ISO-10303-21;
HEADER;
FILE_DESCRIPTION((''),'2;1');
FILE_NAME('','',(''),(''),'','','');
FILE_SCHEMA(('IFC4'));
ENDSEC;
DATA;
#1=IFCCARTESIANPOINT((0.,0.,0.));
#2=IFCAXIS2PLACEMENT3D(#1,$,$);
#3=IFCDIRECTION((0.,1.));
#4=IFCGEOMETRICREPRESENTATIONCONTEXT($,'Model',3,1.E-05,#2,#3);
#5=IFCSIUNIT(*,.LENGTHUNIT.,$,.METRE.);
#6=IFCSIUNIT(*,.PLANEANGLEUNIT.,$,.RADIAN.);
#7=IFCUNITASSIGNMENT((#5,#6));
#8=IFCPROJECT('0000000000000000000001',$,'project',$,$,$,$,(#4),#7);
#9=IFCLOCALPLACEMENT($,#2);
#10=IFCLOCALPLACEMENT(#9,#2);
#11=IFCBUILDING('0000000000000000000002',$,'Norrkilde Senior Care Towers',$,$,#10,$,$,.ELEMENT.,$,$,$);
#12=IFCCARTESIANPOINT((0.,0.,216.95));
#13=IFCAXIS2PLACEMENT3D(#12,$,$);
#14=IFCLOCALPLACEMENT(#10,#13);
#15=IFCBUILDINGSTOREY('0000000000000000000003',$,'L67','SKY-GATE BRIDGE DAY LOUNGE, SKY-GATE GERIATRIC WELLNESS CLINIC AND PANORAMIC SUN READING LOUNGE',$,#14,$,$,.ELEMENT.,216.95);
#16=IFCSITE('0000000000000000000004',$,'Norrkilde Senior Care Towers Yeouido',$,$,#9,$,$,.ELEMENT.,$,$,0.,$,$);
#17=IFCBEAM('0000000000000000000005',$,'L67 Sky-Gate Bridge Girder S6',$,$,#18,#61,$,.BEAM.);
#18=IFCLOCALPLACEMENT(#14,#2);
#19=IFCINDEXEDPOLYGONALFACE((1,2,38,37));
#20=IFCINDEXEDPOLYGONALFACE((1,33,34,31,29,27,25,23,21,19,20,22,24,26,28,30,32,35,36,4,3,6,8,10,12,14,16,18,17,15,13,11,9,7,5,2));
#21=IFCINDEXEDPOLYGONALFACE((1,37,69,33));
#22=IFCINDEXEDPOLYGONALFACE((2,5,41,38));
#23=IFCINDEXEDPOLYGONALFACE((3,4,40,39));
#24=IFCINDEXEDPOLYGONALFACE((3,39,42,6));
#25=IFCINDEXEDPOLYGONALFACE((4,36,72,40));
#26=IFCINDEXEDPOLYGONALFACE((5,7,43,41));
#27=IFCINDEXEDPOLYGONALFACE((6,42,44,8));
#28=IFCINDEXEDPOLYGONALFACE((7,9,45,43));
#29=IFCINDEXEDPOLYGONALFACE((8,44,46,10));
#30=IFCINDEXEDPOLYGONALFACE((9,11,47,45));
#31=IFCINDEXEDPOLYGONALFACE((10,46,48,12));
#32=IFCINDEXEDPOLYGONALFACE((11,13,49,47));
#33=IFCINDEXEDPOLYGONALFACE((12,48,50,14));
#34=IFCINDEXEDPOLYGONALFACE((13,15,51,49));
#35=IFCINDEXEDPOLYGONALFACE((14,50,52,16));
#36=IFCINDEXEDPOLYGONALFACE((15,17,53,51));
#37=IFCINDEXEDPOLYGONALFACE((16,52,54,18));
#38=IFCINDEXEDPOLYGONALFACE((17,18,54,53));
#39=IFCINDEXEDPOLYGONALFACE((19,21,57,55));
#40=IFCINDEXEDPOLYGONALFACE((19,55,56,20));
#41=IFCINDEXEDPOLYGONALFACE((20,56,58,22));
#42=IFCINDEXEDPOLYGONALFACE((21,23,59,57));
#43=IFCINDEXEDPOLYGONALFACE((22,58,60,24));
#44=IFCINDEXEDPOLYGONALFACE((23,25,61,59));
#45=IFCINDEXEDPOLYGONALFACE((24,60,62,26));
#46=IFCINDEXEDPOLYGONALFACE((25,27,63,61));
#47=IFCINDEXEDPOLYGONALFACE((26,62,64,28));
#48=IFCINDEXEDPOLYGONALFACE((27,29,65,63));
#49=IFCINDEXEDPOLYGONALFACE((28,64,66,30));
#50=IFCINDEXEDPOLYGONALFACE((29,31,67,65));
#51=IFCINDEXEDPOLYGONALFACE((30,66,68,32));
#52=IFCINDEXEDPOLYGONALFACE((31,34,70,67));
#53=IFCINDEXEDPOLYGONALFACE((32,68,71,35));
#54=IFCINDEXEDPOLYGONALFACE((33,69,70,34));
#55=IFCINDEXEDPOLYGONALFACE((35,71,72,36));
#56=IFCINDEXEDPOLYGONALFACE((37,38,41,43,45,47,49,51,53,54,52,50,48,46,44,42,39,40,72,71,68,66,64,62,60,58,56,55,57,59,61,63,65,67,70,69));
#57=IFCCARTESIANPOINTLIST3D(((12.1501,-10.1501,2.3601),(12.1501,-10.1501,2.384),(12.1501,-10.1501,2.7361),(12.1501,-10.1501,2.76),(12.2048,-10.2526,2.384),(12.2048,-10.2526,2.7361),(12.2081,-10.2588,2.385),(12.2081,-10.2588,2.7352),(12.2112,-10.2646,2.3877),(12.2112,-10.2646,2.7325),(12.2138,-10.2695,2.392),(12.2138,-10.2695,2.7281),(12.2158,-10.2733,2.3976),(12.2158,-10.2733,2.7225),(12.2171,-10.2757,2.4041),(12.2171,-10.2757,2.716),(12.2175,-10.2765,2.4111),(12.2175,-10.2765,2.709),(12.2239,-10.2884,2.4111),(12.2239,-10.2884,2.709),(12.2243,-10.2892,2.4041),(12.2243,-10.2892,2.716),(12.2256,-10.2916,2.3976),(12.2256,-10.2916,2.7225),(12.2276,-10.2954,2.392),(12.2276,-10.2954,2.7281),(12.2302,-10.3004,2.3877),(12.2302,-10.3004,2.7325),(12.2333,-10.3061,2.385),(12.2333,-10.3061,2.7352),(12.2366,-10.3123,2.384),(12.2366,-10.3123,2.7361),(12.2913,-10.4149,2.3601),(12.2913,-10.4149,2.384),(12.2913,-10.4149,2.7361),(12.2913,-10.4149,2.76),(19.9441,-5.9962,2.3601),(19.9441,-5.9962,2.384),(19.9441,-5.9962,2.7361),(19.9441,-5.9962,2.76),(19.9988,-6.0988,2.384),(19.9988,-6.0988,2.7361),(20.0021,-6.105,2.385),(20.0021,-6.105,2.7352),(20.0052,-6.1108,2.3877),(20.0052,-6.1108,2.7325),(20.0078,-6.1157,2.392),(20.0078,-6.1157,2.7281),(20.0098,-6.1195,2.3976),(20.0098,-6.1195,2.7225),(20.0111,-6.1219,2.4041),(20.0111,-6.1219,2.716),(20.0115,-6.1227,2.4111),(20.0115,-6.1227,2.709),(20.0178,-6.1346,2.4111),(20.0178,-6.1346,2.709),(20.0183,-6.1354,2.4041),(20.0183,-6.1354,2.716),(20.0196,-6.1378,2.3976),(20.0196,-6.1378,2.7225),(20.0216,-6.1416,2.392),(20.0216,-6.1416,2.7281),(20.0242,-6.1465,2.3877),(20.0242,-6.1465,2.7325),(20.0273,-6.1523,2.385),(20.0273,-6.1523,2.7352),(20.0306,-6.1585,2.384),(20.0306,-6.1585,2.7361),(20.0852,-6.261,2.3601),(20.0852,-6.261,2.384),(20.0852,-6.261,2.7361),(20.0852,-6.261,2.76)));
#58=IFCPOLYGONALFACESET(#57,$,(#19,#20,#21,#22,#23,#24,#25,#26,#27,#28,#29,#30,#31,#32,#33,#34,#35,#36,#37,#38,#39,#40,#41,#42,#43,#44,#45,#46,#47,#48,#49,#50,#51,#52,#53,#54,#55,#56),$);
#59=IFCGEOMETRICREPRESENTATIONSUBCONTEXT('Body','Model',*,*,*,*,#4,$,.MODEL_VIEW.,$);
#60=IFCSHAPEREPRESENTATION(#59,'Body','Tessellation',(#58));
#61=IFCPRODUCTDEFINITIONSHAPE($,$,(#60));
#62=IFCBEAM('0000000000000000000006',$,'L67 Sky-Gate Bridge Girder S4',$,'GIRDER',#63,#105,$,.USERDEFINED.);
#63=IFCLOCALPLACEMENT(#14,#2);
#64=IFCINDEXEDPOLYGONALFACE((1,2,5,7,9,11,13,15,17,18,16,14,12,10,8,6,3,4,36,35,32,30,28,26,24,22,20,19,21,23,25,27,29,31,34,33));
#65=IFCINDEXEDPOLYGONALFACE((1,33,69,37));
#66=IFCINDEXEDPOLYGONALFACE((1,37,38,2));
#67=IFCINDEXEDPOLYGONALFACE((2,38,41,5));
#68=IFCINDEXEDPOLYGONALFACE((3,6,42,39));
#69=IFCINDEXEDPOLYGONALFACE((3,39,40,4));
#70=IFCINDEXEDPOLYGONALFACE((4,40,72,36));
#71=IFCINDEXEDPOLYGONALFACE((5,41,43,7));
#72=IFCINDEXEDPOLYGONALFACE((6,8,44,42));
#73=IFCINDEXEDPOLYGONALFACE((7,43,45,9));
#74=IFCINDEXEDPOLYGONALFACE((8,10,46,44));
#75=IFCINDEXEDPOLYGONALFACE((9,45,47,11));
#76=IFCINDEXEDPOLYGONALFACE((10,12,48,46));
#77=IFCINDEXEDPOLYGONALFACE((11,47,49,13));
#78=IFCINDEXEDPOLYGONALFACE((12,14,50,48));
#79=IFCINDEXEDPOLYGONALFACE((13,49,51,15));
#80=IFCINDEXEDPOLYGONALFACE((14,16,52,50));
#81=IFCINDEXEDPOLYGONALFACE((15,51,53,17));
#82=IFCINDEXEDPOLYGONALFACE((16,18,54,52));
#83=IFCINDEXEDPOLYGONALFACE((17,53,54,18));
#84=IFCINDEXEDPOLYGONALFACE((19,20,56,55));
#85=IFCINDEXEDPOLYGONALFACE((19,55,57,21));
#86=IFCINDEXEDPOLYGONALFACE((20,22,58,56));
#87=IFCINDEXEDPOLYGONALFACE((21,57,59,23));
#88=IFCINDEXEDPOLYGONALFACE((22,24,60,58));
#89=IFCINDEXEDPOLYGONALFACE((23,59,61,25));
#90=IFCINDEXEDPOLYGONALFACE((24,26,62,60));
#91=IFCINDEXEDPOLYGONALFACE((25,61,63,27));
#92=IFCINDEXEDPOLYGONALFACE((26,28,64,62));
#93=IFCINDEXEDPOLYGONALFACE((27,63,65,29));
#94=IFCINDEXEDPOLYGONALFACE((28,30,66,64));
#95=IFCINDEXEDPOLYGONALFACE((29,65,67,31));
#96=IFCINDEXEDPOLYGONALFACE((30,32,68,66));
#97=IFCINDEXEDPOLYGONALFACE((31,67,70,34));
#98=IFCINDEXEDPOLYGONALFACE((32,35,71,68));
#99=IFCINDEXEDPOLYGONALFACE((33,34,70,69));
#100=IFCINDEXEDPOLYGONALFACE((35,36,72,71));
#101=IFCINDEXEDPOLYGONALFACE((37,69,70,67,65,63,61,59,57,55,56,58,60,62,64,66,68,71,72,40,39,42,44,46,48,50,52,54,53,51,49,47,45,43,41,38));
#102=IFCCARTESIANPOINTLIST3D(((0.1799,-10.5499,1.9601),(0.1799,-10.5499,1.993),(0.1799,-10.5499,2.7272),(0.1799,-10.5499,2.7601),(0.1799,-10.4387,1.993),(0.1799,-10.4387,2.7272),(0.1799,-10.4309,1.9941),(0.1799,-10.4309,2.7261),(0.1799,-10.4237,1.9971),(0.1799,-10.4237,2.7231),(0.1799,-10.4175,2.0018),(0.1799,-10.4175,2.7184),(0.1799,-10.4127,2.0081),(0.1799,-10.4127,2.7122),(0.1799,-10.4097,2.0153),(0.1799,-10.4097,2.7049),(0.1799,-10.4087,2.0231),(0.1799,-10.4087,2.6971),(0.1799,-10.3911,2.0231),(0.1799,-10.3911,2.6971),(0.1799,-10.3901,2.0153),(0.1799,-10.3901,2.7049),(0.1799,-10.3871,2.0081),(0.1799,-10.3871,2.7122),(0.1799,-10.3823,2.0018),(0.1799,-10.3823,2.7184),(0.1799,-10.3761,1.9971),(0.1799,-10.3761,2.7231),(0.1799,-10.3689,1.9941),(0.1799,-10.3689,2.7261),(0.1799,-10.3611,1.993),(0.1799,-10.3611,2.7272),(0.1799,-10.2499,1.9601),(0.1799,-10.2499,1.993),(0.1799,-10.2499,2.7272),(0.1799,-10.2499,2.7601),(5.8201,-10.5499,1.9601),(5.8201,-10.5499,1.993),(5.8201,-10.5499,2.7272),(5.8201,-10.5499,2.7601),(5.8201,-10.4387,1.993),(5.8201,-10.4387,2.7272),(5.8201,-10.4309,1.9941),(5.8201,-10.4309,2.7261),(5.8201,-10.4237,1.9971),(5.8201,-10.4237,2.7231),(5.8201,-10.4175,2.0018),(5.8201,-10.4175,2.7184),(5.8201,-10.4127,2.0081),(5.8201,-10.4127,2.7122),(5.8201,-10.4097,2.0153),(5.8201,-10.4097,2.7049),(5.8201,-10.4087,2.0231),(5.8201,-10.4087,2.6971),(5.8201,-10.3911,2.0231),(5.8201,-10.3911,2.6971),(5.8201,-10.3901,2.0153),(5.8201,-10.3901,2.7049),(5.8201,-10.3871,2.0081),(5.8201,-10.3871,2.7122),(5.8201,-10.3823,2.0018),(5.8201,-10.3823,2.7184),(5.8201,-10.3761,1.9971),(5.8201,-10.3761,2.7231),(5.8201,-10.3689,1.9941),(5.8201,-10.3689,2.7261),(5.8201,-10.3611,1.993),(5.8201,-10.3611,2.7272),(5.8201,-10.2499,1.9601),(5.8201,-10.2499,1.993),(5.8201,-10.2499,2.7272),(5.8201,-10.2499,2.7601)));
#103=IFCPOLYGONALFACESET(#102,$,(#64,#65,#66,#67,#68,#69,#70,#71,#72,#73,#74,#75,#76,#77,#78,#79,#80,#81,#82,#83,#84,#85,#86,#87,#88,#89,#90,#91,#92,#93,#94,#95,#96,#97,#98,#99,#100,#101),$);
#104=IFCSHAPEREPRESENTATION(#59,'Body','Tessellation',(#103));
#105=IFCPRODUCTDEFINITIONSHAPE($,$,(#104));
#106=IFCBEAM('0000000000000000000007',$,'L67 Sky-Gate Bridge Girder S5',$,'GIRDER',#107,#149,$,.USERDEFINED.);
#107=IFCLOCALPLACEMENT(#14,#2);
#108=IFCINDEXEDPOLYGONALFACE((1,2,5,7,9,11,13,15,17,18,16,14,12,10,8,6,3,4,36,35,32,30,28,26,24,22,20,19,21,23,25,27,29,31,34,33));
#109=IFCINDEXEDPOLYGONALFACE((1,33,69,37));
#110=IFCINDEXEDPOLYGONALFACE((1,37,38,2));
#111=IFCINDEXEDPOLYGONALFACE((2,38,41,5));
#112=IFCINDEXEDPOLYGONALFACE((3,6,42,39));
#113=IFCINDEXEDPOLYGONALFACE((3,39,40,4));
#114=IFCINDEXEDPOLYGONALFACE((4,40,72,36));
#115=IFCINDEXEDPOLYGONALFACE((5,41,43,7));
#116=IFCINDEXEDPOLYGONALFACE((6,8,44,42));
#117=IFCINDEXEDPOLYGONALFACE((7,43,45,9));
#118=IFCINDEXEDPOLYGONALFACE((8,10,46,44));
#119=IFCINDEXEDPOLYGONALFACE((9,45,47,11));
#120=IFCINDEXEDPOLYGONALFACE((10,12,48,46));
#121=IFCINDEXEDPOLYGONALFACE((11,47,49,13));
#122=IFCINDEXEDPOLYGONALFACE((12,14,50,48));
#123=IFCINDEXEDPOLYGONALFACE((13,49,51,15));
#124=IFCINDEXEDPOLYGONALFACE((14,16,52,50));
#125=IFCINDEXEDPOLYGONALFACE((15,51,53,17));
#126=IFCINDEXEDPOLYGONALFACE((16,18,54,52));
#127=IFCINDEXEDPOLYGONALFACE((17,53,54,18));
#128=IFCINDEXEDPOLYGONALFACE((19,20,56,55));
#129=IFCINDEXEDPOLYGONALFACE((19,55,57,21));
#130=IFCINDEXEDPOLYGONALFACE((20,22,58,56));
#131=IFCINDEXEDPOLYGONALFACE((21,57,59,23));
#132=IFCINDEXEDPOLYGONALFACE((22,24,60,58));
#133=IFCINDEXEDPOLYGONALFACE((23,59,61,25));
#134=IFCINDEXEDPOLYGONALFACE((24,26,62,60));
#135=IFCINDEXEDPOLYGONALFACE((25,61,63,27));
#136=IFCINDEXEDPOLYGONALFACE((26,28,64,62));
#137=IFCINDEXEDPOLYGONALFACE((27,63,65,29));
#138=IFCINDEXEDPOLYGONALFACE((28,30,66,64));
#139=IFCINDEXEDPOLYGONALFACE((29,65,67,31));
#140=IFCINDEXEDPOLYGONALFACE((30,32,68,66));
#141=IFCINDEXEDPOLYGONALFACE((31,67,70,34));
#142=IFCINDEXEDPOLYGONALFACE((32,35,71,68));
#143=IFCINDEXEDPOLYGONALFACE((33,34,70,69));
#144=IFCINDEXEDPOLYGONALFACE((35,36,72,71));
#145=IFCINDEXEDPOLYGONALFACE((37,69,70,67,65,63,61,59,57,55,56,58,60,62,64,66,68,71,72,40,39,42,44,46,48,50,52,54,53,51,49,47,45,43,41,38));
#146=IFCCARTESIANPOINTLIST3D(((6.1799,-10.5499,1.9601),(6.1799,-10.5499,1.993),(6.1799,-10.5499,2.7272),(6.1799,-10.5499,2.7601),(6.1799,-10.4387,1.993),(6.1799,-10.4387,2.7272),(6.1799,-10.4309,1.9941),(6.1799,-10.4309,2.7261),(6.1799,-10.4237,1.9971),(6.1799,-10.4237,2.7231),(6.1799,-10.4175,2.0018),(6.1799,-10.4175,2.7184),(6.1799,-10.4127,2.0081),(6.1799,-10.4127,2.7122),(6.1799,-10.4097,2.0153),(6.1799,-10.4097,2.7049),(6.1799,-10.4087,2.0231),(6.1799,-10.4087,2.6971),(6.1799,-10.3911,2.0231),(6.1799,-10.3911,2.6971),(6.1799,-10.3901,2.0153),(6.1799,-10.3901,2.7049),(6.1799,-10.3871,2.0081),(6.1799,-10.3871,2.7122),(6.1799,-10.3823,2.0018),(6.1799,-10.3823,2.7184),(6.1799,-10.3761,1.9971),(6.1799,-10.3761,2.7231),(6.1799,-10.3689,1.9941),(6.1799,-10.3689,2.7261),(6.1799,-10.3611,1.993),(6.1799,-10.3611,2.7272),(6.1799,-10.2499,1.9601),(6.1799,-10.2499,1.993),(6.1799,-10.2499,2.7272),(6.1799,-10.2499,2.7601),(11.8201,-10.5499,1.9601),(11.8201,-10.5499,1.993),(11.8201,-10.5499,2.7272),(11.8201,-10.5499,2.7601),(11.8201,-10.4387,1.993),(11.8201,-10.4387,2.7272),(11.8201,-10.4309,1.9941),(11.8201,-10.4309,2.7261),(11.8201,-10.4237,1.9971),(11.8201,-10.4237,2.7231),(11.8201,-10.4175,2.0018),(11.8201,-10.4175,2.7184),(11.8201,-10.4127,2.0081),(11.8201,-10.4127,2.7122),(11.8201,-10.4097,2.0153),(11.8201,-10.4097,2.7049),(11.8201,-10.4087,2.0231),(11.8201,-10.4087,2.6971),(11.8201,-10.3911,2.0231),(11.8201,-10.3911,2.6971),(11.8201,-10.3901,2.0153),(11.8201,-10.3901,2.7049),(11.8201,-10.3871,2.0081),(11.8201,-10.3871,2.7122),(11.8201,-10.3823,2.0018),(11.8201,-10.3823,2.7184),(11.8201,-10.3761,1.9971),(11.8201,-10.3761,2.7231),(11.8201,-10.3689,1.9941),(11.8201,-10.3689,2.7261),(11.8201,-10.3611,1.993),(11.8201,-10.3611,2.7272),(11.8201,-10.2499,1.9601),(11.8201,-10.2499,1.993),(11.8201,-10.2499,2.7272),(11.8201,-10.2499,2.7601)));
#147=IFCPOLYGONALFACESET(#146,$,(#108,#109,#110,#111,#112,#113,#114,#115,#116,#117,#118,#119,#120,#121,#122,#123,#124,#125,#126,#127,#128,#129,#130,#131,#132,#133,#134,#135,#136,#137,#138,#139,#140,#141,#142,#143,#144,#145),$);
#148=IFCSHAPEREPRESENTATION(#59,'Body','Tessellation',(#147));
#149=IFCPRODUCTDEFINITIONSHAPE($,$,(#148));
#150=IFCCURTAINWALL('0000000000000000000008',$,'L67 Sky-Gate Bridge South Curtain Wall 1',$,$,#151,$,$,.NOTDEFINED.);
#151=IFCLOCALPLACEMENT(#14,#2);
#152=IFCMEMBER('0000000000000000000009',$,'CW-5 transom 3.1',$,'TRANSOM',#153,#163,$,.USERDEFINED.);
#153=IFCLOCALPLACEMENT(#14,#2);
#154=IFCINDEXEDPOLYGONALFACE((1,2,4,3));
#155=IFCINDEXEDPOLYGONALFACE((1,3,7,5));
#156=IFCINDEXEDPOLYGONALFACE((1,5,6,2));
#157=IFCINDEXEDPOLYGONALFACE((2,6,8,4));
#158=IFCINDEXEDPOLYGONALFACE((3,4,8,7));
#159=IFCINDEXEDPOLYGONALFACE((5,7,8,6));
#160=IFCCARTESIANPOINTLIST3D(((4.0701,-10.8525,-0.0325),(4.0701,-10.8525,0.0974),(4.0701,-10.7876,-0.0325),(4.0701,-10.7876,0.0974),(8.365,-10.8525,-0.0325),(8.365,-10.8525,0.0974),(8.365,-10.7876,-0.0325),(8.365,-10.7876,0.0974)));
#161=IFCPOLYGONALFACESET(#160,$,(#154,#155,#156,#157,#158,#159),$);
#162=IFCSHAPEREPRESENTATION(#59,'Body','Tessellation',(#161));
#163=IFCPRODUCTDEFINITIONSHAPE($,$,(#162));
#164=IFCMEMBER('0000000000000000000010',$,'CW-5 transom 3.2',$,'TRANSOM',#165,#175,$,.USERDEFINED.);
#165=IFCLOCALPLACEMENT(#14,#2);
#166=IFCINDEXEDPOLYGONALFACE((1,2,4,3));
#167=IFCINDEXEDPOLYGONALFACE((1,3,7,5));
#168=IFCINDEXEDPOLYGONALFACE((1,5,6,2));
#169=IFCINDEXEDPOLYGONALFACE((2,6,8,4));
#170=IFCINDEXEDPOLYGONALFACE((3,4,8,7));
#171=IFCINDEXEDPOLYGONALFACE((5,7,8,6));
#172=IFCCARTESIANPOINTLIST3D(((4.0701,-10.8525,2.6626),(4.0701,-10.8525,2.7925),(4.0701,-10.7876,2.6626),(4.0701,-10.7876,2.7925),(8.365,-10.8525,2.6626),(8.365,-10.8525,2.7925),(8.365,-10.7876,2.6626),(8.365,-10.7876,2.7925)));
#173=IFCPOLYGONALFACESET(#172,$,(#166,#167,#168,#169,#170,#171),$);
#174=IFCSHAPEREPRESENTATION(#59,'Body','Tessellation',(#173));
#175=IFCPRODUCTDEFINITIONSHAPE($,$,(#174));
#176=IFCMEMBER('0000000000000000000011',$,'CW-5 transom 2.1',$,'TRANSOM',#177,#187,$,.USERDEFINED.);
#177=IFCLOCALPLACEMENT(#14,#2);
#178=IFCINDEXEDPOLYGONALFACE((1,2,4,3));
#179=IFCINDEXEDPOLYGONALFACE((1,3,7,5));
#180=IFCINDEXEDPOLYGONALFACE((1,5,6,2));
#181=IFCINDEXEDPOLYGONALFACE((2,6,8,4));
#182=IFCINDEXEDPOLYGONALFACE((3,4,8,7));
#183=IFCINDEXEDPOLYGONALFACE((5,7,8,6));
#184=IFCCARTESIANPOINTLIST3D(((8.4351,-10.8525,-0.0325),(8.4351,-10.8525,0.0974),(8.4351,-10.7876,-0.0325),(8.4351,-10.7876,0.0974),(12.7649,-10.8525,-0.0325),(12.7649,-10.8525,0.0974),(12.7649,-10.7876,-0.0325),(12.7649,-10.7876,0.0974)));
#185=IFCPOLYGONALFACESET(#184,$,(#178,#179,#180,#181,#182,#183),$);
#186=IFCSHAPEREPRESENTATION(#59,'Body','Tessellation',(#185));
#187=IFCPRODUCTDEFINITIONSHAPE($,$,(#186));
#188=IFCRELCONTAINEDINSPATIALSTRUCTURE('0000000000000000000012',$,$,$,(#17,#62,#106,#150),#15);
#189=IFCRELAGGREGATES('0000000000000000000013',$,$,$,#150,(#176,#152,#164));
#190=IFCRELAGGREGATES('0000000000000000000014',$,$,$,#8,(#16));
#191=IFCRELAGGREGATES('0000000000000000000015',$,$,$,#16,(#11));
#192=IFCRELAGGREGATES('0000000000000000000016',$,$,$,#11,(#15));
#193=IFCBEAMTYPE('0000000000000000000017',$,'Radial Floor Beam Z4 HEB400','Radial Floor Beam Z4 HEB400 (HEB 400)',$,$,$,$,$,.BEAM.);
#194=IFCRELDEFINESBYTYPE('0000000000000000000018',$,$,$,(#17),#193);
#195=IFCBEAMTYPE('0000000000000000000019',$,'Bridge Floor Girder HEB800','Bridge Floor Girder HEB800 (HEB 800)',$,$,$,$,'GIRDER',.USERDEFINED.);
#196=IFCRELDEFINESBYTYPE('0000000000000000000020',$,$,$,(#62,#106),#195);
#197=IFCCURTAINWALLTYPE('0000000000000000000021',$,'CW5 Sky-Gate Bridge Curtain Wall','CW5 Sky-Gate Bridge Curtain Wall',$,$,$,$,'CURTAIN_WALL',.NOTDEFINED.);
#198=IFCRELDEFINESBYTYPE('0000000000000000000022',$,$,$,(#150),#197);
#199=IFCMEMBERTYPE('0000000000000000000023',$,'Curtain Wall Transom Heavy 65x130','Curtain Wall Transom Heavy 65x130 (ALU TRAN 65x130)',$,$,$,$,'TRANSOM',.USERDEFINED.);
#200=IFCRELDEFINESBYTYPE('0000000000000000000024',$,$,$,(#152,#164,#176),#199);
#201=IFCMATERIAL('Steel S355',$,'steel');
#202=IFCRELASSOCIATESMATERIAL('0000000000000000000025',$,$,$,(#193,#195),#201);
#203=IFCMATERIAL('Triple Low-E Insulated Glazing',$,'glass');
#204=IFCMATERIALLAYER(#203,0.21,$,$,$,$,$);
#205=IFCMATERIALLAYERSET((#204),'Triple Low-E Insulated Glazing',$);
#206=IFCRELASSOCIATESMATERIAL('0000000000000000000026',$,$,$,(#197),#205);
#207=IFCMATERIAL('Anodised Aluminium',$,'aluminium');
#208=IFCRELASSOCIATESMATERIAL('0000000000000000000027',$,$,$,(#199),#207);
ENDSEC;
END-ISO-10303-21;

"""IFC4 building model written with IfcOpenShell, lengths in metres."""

from ifc_helpers import new_model, si_unit, direction, frame, origin, origin_2d, place, context, subcontext, project, spatial, rectangle, i_section, extrude, source, transform, mapped, material, layer, layer_set, material_profile, profile_set, type_object, type_shapes, element, aggregate, save


model = new_model("IFC4")

# Units and contexts
model_context = context("Model", 3, precision=1e-05, world=origin(), true_north=direction((0.0, 1.0)))
body_context = subcontext(model_context, "Body", "Model", "MODEL_VIEW")
ifc_project = project(units=[si_unit("LENGTHUNIT", "METRE"), si_unit("PLANEANGLEUNIT", "RADIAN")], contexts=[model_context])

# Site, building, storey
site_placement = place(None, origin())
site = spatial("IfcSite", under=ifc_project, at=site_placement, Name="Norrkilde Senior Care Towers Yeouido", CompositionType="ELEMENT", RefElevation=0.0)
building_placement = place(site_placement, origin())
building = spatial("IfcBuilding", under=site, at=building_placement, Name="Norrkilde Senior Care Towers", CompositionType="ELEMENT")
storey_placement = place(building_placement, frame((0.0, 0.0, 216.95)))
storey = spatial("IfcBuildingStorey", under=building, at=storey_placement, Name="L67", Description="SKY-GATE BRIDGE DAY LOUNGE, SKY-GATE GERIATRIC WELLNESS CLINIC AND PANORAMIC SUN READING LOUNGE", CompositionType="ELEMENT", Elevation=216.95)

# Shared definitions
ifc_material_1 = material(Name="Steel S355", Category="steel")

# Beams
ifc_material_profile_1 = material_profile(ifc_material_1, i_section(OverallWidth=0.3, OverallDepth=0.3999, WebThickness=0.0134, FlangeThickness=0.0239, FilletRadius=0.0271, at=origin_2d()), Name="HEB 400")
ifc_profile_set_1 = profile_set([ifc_material_profile_1], Name="Steel S355")
beam_type_1 = type_object("IfcBeamType", Name="Radial Floor Beam Z4 HEB400", Description="Radial Floor Beam Z4 HEB400 (HEB 400)", PredefinedType="BEAM", material=ifc_profile_set_1)
shared_shape_1 = source(origin(), body_context, "Body", "SweptSolid", [
    extrude(i_section(OverallWidth=0.3, OverallDepth=0.3999, WebThickness=0.0134, FlangeThickness=0.0239, FilletRadius=0.0271, at=origin_2d()), origin(), (0.0, 0.0, 1.0), 8.8318),
])
type_shapes(beam_type_1, [shared_shape_1])
beam_1_placement = place(storey_placement, frame((12.2207, -10.2825, 2.5601), z_axis=(0.882492, 0.470327, 0.0), x_axis=(-0.470327, 0.882492, 0.0)))
element("IfcBeam", 1, at=beam_1_placement, inside=storey, type_object=beam_type_1, Name="L67 Sky-Gate Bridge Girder S6", PredefinedType="BEAM", context=body_context, shape_type="MappedRepresentation", body=[
    mapped(shared_shape_1, transform((0.0, 0.0, 0.0), x_axis=(1.0, 0.0, 0.0), y_axis=(0.0, 1.0, 0.0), z_axis=(0.0, 0.0, 1.0), scale=1.0)),
])
ifc_material_profile_2 = material_profile(ifc_material_1, i_section(OverallWidth=0.3, OverallDepth=0.8, WebThickness=0.0176, FlangeThickness=0.033, FilletRadius=0.03, at=origin_2d()), Name="HEB 800")
ifc_profile_set_2 = profile_set([ifc_material_profile_2], Name="Steel S355")
beam_type_2 = type_object("IfcBeamType", Name="Bridge Floor Girder HEB800", Description="Bridge Floor Girder HEB800 (HEB 800)", ElementType="GIRDER", PredefinedType="USERDEFINED", material=ifc_profile_set_2)
shared_shape_2 = source(origin(), body_context, "Body", "SweptSolid", [
    extrude(i_section(OverallWidth=0.3, OverallDepth=0.8, WebThickness=0.0176, FlangeThickness=0.033, FilletRadius=0.03, at=origin_2d()), origin(), (0.0, 0.0, 1.0), 5.6401),
])
type_shapes(beam_type_2, [shared_shape_2])
for number, where, z_axis, x_axis, name in (
    (2, (0.1799, -10.3999, 2.3601), (1.0, 0.0, 0.0), (0.0, 1.0, 0.0), "L67 Sky-Gate Bridge Girder S4"),
    (3, (6.1799, -10.3999, 2.3601), (1.0, 0.0, 0.0), (0.0, 1.0, 0.0), "L67 Sky-Gate Bridge Girder S5"),
):
    element("IfcBeam", number, at=place(storey_placement, frame(where, z_axis=z_axis, x_axis=x_axis)), inside=storey, type_object=beam_type_2, Name=name, ObjectType="GIRDER", PredefinedType="USERDEFINED", context=body_context, shape_type="MappedRepresentation", body=[
        mapped(shared_shape_2, transform((0.0, 0.0, 0.0), x_axis=(1.0, 0.0, 0.0), y_axis=(0.0, 1.0, 0.0), z_axis=(0.0, 0.0, 1.0), scale=1.0)),
    ])

# Curtain wall, members
ifc_material_2 = material(Name="Triple Low-E Insulated Glazing", Category="glass")
ifc_layer_1 = layer(ifc_material_2, 0.21)
ifc_layer_set_1 = layer_set([ifc_layer_1], Name="Triple Low-E Insulated Glazing")
curtain_wall_type = type_object("IfcCurtainWallType", Name="CW5 Sky-Gate Bridge Curtain Wall", Description="CW5 Sky-Gate Bridge Curtain Wall", ElementType="CURTAIN_WALL", PredefinedType="NOTDEFINED", material=ifc_layer_set_1)
curtain_wall_1_placement = place(storey_placement, origin())
curtain_wall_1 = element("IfcCurtainWall", 4, at=curtain_wall_1_placement, inside=storey, type_object=curtain_wall_type, Name="L67 Sky-Gate Bridge South Curtain Wall 1", PredefinedType="NOTDEFINED")
ifc_material_3 = material(Name="Anodised Aluminium", Category="aluminium")
ifc_material_profile_3 = material_profile(ifc_material_3, rectangle(XDim=0.0649, YDim=0.1299, at=origin_2d()), Name="ALU TRAN 65x130")
ifc_profile_set_3 = profile_set([ifc_material_profile_3], Name="Anodised Aluminium")
member_type_1 = type_object("IfcMemberType", Name="Curtain Wall Transom Heavy 65x130", Description="Curtain Wall Transom Heavy 65x130 (ALU TRAN 65x130)", ElementType="TRANSOM", PredefinedType="USERDEFINED", material=ifc_profile_set_3)
shared_shape_3 = source(origin(), body_context, "Body", "SweptSolid", [
    extrude(rectangle(XDim=0.0649, YDim=0.1299, at=origin_2d()), origin(), (0.0, 0.0, 1.0), 4.2949),
])
member_1_placement = place(storey_placement, frame((8.365, -10.8201, 0.0325), z_axis=(-1.0, 0.0, 0.0), x_axis=(0.0, -1.0, 0.0)))
member_1 = element("IfcMember", 5, at=member_1_placement, type_object=member_type_1, Name="CW-5 transom 3.1", ObjectType="TRANSOM", PredefinedType="USERDEFINED", context=body_context, shape_type="MappedRepresentation", body=[
    mapped(shared_shape_3, transform((0.0, 0.0, 0.0), x_axis=(1.0, 0.0, 0.0), y_axis=(0.0, 1.0, 0.0), z_axis=(0.0, 0.0, 1.0), scale=1.0)),
])
member_2_placement = place(storey_placement, frame((8.365, -10.8201, 2.7275), z_axis=(-1.0, 0.0, 0.0), x_axis=(0.0, -1.0, 0.0)))
member_2 = element("IfcMember", 6, at=member_2_placement, type_object=member_type_1, Name="CW-5 transom 3.2", ObjectType="TRANSOM", PredefinedType="USERDEFINED", context=body_context, shape_type="MappedRepresentation", body=[
    mapped(shared_shape_3, transform((0.0, 0.0, 0.0), x_axis=(1.0, 0.0, 0.0), y_axis=(0.0, 1.0, 0.0), z_axis=(0.0, 0.0, 1.0), scale=1.0)),
])
shared_shape_4 = source(origin(), body_context, "Body", "SweptSolid", [
    extrude(rectangle(XDim=0.0649, YDim=0.1299, at=origin_2d()), origin(), (0.0, 0.0, 1.0), 4.3298),
])
member_3_placement = place(storey_placement, frame((12.7649, -10.8201, 0.0325), z_axis=(-1.0, 0.0, 0.0), x_axis=(0.0, -1.0, 0.0)))
member_3 = element("IfcMember", 7, at=member_3_placement, type_object=member_type_1, Name="CW-5 transom 2.1", ObjectType="TRANSOM", PredefinedType="USERDEFINED", context=body_context, shape_type="MappedRepresentation", body=[
    mapped(shared_shape_4, transform((0.0, 0.0, 0.0), x_axis=(1.0, 0.0, 0.0), y_axis=(0.0, 1.0, 0.0), z_axis=(0.0, 0.0, 1.0), scale=1.0)),
])

aggregate(curtain_wall_1, [member_3, member_1, member_2])

save(model, "model.ifc")
